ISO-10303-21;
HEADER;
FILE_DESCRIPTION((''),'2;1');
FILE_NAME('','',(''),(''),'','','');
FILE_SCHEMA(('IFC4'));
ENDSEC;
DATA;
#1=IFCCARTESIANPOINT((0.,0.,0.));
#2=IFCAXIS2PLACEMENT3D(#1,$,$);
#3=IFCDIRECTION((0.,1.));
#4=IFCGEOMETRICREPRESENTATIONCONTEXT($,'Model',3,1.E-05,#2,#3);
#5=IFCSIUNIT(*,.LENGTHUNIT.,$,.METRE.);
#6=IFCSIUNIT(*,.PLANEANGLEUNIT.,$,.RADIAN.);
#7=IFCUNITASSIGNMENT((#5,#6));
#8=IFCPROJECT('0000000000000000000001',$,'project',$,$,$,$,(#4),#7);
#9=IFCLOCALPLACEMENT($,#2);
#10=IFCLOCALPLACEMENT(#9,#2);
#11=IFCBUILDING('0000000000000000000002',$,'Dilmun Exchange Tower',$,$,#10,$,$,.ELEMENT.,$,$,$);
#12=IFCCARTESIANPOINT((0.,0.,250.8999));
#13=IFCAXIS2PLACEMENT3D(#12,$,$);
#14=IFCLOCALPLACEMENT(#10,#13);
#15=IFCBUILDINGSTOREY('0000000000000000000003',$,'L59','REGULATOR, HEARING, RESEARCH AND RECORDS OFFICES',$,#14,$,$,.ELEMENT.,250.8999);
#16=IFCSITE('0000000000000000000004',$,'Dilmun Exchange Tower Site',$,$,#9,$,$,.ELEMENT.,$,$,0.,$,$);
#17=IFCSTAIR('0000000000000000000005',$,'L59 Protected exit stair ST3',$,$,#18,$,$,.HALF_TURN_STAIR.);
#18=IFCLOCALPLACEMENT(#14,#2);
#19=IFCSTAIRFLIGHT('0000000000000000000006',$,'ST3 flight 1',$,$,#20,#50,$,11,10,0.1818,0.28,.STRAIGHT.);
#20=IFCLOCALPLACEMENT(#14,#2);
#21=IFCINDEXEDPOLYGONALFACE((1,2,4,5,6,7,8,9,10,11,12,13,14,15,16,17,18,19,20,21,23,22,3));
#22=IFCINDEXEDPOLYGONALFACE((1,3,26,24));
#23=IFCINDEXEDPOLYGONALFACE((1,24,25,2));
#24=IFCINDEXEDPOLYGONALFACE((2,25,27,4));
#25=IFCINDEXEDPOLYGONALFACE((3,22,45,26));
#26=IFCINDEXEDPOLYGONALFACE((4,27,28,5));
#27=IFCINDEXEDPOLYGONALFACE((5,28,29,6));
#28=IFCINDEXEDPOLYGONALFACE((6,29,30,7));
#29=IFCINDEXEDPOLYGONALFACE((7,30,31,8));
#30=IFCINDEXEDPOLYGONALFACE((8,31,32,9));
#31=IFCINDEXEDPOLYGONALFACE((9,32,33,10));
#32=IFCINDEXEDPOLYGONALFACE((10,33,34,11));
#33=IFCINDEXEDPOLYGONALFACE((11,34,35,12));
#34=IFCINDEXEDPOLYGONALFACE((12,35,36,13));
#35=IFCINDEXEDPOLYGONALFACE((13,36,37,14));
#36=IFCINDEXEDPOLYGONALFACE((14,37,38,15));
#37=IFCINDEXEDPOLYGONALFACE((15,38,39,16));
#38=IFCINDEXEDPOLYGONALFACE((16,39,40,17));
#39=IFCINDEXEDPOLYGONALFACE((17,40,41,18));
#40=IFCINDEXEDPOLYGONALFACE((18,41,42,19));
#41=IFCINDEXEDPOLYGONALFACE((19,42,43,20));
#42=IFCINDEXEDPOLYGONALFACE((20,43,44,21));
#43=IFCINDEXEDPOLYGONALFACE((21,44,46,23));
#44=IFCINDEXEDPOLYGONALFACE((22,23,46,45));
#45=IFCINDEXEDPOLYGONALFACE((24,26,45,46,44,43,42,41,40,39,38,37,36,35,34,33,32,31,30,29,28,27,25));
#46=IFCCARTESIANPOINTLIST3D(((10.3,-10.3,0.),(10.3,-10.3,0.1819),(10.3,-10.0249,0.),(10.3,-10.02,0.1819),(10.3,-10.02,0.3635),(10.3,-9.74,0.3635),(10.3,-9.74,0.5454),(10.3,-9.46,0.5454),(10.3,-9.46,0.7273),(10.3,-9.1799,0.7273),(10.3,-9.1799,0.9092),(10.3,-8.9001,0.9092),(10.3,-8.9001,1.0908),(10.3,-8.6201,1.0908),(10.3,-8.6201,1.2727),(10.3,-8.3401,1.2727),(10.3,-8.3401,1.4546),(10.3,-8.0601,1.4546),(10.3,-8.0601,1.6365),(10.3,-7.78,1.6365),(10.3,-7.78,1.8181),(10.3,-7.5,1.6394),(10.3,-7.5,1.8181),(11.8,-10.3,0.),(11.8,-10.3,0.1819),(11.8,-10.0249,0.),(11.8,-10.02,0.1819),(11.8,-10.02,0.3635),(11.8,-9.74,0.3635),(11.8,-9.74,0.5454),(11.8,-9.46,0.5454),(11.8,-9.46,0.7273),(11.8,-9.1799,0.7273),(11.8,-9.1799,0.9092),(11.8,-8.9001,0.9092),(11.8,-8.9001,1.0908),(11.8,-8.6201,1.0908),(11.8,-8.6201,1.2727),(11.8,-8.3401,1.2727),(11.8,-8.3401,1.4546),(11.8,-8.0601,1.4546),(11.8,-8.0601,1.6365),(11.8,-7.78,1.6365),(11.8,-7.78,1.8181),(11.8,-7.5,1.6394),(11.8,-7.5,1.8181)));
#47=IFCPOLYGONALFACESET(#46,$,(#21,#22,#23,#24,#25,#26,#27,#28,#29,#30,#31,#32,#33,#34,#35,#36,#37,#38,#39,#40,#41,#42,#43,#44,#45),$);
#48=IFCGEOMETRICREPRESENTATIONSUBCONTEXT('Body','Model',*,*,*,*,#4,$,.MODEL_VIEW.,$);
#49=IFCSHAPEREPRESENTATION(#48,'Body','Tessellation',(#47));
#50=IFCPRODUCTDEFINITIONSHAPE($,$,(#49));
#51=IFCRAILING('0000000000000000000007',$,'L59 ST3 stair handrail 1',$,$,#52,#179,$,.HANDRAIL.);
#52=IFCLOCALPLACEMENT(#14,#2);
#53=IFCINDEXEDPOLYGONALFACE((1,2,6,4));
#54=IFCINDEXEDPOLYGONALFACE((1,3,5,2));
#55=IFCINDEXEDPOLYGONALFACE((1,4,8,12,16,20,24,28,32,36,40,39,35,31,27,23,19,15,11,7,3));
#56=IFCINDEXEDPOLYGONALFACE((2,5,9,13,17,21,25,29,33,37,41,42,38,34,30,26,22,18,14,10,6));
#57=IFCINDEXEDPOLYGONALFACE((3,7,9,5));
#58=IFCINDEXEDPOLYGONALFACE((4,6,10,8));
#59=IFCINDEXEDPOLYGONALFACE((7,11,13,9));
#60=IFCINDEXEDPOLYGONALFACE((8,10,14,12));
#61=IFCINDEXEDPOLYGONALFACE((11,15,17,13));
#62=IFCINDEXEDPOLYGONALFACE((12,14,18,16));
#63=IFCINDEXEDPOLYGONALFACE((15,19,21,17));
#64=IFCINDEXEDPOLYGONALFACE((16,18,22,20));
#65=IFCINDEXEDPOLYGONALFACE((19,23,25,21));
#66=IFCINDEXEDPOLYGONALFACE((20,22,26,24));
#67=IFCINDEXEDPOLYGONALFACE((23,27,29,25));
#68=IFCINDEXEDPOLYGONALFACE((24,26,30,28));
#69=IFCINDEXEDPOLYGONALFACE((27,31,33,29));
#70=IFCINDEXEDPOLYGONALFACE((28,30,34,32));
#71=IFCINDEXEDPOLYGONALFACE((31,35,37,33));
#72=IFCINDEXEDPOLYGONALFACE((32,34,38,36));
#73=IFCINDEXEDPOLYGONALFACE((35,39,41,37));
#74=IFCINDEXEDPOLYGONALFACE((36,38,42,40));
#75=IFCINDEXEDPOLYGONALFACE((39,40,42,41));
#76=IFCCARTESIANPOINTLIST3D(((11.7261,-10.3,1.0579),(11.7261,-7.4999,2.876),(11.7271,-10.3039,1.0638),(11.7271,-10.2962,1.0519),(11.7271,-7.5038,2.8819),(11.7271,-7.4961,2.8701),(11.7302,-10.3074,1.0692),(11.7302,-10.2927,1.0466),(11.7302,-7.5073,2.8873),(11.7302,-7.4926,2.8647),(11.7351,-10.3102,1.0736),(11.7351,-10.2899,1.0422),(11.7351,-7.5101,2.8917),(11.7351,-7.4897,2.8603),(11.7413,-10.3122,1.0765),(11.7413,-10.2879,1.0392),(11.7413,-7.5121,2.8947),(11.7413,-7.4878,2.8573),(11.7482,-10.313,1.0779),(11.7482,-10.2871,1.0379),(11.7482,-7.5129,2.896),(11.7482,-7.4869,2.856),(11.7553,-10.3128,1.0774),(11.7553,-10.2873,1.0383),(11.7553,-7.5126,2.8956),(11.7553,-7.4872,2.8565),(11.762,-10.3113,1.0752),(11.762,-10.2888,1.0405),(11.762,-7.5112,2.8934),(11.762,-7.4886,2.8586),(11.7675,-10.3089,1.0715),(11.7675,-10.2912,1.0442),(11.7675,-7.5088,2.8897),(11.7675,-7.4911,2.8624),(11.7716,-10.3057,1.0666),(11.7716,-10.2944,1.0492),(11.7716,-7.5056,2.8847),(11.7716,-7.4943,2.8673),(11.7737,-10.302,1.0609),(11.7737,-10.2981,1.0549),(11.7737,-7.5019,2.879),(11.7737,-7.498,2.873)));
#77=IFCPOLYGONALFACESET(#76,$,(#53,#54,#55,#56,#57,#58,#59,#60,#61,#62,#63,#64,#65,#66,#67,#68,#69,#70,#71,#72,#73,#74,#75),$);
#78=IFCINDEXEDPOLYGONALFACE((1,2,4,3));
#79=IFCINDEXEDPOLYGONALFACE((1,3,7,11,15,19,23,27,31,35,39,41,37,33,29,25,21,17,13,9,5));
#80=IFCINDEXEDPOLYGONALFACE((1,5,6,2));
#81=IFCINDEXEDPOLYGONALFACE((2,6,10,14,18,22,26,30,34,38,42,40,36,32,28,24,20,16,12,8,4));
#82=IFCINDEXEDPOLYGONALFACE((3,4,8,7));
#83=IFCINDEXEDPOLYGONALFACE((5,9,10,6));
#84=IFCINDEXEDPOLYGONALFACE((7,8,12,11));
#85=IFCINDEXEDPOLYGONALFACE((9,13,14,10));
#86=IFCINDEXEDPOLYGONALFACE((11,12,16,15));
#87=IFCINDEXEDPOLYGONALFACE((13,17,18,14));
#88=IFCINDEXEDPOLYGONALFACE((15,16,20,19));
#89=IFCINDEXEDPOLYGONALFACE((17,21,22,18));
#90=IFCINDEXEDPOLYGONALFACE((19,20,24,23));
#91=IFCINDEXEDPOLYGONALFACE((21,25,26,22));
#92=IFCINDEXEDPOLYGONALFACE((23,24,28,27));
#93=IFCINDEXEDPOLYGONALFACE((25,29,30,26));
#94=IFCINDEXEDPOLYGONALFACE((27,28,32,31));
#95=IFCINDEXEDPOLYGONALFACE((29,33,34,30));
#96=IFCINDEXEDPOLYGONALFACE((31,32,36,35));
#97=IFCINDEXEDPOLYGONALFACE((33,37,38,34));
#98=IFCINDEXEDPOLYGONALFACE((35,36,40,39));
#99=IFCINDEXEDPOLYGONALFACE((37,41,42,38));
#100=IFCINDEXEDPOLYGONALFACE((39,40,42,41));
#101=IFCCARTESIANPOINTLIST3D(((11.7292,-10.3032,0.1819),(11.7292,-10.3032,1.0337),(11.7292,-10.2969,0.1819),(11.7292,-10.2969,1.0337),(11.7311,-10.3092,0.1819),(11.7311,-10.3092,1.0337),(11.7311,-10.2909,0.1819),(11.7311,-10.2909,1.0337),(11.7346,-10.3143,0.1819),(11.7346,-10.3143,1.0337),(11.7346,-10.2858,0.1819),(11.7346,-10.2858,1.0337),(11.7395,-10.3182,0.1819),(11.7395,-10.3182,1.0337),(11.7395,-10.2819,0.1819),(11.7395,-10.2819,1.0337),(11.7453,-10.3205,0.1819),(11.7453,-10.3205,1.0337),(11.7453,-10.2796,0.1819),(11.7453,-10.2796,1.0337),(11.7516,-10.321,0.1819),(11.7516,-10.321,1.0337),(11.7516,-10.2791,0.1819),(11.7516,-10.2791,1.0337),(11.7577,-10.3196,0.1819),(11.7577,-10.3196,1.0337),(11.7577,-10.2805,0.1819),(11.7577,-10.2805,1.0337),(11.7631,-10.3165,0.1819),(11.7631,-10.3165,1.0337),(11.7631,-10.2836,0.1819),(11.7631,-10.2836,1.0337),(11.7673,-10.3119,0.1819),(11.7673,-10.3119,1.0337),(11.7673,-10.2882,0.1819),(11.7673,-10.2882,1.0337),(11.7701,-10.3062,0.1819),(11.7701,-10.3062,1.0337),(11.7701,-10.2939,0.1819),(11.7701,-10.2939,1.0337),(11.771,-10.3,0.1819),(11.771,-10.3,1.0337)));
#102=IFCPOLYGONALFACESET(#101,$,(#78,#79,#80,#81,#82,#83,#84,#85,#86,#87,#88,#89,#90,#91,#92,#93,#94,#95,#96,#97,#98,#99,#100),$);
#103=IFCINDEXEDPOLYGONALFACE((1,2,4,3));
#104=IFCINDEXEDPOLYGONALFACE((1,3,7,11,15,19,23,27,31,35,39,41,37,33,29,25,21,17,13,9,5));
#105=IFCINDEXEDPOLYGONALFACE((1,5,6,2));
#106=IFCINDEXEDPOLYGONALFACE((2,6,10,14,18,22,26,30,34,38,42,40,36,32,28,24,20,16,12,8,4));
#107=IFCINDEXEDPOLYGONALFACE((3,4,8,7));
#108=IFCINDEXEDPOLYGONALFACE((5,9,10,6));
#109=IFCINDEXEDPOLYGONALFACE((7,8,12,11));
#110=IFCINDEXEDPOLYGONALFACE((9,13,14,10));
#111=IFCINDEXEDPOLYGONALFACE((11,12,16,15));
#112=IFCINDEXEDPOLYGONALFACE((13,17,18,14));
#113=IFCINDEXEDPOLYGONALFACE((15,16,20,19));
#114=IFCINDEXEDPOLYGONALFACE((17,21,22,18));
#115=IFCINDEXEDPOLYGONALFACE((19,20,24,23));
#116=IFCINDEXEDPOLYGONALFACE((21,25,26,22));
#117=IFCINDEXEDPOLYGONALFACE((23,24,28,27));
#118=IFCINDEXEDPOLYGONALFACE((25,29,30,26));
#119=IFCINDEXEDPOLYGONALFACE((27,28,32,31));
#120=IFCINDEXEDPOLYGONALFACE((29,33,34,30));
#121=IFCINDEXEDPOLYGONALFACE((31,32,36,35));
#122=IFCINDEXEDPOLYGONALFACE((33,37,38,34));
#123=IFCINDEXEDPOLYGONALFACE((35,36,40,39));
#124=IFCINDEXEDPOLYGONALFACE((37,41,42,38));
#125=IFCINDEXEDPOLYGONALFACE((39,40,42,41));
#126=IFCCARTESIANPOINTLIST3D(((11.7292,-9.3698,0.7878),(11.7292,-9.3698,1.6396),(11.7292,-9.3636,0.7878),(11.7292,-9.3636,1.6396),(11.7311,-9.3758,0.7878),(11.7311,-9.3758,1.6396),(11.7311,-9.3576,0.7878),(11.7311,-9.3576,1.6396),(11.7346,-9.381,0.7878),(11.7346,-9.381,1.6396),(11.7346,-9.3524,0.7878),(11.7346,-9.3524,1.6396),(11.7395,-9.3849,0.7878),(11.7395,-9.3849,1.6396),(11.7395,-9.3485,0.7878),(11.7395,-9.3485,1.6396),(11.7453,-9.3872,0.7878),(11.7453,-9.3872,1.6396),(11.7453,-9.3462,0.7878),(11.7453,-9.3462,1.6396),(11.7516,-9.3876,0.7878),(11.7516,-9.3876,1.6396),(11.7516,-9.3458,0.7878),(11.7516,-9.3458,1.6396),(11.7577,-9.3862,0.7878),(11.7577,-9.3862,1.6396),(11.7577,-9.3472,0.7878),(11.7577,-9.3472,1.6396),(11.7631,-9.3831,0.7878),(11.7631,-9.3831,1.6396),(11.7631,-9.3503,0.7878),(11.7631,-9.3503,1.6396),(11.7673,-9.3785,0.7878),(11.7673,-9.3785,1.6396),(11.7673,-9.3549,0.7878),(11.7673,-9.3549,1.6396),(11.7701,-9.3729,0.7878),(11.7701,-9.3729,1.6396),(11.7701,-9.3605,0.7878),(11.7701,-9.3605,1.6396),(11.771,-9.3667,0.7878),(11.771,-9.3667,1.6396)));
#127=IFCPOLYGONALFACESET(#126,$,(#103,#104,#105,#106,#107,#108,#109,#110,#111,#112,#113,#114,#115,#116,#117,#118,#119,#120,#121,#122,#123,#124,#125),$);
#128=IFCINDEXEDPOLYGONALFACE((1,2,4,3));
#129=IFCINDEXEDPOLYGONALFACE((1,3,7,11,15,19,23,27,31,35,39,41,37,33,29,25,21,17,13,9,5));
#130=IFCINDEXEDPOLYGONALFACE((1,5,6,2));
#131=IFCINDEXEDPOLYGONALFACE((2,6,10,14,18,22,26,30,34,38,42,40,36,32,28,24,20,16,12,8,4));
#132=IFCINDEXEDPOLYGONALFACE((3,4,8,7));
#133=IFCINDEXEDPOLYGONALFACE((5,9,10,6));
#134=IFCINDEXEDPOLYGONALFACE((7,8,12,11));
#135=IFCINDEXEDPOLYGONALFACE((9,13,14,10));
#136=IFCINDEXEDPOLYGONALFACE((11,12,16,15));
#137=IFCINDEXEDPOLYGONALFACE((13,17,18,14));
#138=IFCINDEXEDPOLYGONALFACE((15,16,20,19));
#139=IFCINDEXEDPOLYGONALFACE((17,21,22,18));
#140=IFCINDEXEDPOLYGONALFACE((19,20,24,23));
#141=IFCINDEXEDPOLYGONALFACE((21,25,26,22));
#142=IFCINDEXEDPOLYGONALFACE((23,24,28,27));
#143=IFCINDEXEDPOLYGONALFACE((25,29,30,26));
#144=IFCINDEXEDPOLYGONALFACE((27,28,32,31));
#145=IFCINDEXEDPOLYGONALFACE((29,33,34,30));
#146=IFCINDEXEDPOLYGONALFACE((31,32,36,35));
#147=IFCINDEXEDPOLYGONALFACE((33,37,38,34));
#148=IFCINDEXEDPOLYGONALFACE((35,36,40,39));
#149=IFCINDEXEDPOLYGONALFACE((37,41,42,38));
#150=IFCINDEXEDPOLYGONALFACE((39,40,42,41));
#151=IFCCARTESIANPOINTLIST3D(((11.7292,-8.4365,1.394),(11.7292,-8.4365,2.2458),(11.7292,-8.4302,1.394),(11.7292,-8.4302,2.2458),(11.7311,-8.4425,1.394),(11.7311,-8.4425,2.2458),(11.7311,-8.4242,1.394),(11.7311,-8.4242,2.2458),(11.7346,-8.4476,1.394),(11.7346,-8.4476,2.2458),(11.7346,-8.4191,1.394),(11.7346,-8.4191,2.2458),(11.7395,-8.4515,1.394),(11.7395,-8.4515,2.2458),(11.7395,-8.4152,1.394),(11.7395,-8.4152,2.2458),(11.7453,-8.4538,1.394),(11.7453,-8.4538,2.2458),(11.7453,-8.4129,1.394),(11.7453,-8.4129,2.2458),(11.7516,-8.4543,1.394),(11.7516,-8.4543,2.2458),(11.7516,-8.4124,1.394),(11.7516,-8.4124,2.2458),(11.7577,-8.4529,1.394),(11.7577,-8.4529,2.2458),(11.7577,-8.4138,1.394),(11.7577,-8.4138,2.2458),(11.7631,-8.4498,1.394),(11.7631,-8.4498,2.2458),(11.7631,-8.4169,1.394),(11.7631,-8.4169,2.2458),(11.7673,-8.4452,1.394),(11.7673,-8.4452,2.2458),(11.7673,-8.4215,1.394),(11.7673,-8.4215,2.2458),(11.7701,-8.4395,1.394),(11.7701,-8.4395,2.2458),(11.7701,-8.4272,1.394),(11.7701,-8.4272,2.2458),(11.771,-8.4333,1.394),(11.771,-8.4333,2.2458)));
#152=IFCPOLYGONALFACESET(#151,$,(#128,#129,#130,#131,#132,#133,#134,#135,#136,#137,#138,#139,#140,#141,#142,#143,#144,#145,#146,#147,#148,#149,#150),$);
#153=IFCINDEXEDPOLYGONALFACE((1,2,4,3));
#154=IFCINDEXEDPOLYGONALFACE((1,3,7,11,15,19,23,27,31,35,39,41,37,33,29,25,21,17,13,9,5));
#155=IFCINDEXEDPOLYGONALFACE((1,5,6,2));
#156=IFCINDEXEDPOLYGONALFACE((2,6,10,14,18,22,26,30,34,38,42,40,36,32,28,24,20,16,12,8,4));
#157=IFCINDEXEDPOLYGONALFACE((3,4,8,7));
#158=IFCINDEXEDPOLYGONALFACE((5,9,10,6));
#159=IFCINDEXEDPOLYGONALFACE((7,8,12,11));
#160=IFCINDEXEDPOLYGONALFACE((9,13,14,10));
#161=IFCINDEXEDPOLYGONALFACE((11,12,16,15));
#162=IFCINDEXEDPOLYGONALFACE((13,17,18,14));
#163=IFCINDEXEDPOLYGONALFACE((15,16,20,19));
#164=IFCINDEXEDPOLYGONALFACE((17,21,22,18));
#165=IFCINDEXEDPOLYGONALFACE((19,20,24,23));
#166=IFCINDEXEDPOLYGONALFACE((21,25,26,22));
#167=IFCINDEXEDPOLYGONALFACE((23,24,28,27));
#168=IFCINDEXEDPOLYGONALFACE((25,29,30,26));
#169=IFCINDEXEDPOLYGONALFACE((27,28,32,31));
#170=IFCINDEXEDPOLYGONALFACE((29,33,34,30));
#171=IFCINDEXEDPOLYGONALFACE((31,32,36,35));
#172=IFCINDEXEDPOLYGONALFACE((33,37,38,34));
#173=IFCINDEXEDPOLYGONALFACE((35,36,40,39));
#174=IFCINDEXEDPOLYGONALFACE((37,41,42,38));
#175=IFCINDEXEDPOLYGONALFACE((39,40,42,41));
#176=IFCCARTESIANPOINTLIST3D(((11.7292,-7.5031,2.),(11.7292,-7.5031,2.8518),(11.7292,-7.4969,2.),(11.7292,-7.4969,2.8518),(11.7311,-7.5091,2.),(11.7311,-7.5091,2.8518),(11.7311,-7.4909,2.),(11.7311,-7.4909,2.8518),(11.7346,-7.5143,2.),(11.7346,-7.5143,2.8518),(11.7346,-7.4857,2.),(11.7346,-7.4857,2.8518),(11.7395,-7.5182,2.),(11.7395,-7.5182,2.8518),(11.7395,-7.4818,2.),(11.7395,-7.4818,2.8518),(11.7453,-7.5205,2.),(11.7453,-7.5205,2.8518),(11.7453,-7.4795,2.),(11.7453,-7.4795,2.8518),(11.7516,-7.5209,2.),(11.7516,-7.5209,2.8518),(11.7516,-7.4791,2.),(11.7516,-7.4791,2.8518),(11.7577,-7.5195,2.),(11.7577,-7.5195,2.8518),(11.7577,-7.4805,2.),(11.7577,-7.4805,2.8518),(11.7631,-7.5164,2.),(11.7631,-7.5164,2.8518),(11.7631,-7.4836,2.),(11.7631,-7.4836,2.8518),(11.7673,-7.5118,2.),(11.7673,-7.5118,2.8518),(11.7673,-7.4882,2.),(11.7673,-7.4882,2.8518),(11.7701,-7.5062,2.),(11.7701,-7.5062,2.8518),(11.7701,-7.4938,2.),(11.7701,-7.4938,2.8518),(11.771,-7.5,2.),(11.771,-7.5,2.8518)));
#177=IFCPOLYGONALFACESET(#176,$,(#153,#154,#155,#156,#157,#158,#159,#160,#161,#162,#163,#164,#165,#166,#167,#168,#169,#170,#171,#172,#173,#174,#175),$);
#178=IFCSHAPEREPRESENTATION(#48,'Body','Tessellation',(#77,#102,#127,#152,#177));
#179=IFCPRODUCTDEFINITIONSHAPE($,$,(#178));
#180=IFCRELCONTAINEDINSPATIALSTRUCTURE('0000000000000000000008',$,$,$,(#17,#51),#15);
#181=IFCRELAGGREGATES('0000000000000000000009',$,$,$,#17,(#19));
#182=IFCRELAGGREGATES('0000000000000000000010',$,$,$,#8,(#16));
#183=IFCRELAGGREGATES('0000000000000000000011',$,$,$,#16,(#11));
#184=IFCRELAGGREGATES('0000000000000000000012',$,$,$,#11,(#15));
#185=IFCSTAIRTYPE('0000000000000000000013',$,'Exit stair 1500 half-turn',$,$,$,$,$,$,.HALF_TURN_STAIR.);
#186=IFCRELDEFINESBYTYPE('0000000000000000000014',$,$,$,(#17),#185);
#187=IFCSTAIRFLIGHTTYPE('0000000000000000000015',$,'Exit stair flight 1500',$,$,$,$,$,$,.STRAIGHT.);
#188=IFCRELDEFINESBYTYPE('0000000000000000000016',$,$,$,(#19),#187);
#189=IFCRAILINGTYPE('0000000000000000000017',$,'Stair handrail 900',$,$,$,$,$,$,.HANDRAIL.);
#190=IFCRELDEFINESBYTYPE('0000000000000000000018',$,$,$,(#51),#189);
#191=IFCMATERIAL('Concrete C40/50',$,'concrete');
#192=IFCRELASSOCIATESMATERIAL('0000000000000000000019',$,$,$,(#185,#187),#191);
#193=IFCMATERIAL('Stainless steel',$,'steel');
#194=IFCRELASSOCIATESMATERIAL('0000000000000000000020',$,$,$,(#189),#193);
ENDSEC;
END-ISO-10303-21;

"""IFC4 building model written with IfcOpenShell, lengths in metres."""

from ifc_helpers import new_model, si_unit, direction, frame, origin, origin_2d, place, context, subcontext, project, spatial, polyline, circle, outline, extrude, material, type_object, element, aggregate, save


model = new_model("IFC4")

# Units and contexts
model_context = context("Model", 3, precision=1e-05, world=origin(), true_north=direction((0.0, 1.0)))
body_context = subcontext(model_context, "Body", "Model", "MODEL_VIEW")
ifc_project = project(units=[si_unit("LENGTHUNIT", "METRE"), si_unit("PLANEANGLEUNIT", "RADIAN")], contexts=[model_context])

# Site, building, storey
site_placement = place(None, origin())
site = spatial("IfcSite", under=ifc_project, at=site_placement, Name="Dilmun Exchange Tower Site", CompositionType="ELEMENT", RefElevation=0.0)
building_placement = place(site_placement, origin())
building = spatial("IfcBuilding", under=site, at=building_placement, Name="Dilmun Exchange Tower", CompositionType="ELEMENT")
storey_placement = place(building_placement, frame((0.0, 0.0, 250.8999)))
storey = spatial("IfcBuildingStorey", under=building, at=storey_placement, Name="L59", Description="REGULATOR, HEARING, RESEARCH AND RECORDS OFFICES", CompositionType="ELEMENT", Elevation=250.8999)

# Shared definitions
ifc_material_1 = material(Name="Concrete C40/50", Category="concrete")

# Stair, stair flight
stair_type = type_object("IfcStairType", Name="Exit stair 1500 half-turn", PredefinedType="HALF_TURN_STAIR", material=ifc_material_1)
stair_placement = place(storey_placement, origin())
stair = element("IfcStair", 1, at=stair_placement, inside=storey, type_object=stair_type, Name="L59 Protected exit stair ST3", PredefinedType="HALF_TURN_STAIR")
stair_flight_type = type_object("IfcStairFlightType", Name="Exit stair flight 1500", PredefinedType="STRAIGHT", material=ifc_material_1)
stair_flight_placement = place(storey_placement, frame((11.05, -10.3, 0.0), z_axis=(0.0, 0.0, 1.0), x_axis=(0.0, 1.0, 0.0)))
stair_flight = element("IfcStairFlight", 2, at=stair_flight_placement, type_object=stair_flight_type, Name="ST3 flight 1", NumberOfRisers=11, NumberOfTreads=10, PredefinedType="STRAIGHT", RiserHeight=0.1818, TreadLength=0.28, context=body_context, shape_type="SweptSolid", body=[
    extrude(outline(polyline([(0.0, 0.0), (0.0, 0.1819), (0.28, 0.1819), (0.28, 0.3635), (0.5601, 0.3635), (0.5601, 0.5454), (0.8401, 0.5454), (0.8401, 0.7273), (1.1201, 0.7273), (1.1201, 0.9092), (1.3999, 0.9092), (1.3999, 1.0908), (1.6799, 1.0908), (1.6799, 1.2727), (1.96, 1.2727), (1.96, 1.4546), (2.24, 1.4546), (2.24, 1.6365), (2.52, 1.6365), (2.52, 1.8181), (2.8, 1.8181), (2.8, 2.0), (2.8, 1.6394), (0.2751, 0.0), (0.0, 0.0)])), frame((0.0, 0.75, 0.0), z_axis=(0.0, -1.0, 0.0), x_axis=(1.0, 0.0, 0.0)), (0.0, 0.0, 1.0), 1.5),
])
aggregate(stair, [stair_flight])

# Railing
ifc_material_2 = material(Name="Stainless steel", Category="steel")
railing_type = type_object("IfcRailingType", Name="Stair handrail 900", PredefinedType="HANDRAIL", material=ifc_material_2)
railing_1_placement = place(storey_placement, frame((11.75, -10.3, 0.1819)))
element("IfcRailing", 3, at=railing_1_placement, inside=storey, type_object=railing_type, Name="L59 ST3 stair handrail 1", PredefinedType="HANDRAIL", context=body_context, shape_type="SweptSolid", body=[
    extrude(circle(Radius=0.0239, at=origin_2d()), frame((0.0, 0.0, 0.876), z_axis=(0.0, 0.838706, 0.544585), x_axis=(-1.0, 0.0, 0.0)), (0.0, 0.0, 1.0), 3.3386),
    extrude(circle(Radius=0.021, at=origin_2d()), origin(), (0.0, 0.0, 1.0), 0.8518),
    extrude(circle(Radius=0.021, at=origin_2d()), frame((0.0, 0.9333, 0.606)), (0.0, 0.0, 1.0), 0.8518),
    extrude(circle(Radius=0.021, at=origin_2d()), frame((0.0, 1.8667, 1.2122)), (0.0, 0.0, 1.0), 0.8518),
    extrude(circle(Radius=0.021, at=origin_2d()), frame((0.0, 2.8, 1.8181)), (0.0, 0.0, 1.0), 0.8518),
])

save(model, "model.ifc")
